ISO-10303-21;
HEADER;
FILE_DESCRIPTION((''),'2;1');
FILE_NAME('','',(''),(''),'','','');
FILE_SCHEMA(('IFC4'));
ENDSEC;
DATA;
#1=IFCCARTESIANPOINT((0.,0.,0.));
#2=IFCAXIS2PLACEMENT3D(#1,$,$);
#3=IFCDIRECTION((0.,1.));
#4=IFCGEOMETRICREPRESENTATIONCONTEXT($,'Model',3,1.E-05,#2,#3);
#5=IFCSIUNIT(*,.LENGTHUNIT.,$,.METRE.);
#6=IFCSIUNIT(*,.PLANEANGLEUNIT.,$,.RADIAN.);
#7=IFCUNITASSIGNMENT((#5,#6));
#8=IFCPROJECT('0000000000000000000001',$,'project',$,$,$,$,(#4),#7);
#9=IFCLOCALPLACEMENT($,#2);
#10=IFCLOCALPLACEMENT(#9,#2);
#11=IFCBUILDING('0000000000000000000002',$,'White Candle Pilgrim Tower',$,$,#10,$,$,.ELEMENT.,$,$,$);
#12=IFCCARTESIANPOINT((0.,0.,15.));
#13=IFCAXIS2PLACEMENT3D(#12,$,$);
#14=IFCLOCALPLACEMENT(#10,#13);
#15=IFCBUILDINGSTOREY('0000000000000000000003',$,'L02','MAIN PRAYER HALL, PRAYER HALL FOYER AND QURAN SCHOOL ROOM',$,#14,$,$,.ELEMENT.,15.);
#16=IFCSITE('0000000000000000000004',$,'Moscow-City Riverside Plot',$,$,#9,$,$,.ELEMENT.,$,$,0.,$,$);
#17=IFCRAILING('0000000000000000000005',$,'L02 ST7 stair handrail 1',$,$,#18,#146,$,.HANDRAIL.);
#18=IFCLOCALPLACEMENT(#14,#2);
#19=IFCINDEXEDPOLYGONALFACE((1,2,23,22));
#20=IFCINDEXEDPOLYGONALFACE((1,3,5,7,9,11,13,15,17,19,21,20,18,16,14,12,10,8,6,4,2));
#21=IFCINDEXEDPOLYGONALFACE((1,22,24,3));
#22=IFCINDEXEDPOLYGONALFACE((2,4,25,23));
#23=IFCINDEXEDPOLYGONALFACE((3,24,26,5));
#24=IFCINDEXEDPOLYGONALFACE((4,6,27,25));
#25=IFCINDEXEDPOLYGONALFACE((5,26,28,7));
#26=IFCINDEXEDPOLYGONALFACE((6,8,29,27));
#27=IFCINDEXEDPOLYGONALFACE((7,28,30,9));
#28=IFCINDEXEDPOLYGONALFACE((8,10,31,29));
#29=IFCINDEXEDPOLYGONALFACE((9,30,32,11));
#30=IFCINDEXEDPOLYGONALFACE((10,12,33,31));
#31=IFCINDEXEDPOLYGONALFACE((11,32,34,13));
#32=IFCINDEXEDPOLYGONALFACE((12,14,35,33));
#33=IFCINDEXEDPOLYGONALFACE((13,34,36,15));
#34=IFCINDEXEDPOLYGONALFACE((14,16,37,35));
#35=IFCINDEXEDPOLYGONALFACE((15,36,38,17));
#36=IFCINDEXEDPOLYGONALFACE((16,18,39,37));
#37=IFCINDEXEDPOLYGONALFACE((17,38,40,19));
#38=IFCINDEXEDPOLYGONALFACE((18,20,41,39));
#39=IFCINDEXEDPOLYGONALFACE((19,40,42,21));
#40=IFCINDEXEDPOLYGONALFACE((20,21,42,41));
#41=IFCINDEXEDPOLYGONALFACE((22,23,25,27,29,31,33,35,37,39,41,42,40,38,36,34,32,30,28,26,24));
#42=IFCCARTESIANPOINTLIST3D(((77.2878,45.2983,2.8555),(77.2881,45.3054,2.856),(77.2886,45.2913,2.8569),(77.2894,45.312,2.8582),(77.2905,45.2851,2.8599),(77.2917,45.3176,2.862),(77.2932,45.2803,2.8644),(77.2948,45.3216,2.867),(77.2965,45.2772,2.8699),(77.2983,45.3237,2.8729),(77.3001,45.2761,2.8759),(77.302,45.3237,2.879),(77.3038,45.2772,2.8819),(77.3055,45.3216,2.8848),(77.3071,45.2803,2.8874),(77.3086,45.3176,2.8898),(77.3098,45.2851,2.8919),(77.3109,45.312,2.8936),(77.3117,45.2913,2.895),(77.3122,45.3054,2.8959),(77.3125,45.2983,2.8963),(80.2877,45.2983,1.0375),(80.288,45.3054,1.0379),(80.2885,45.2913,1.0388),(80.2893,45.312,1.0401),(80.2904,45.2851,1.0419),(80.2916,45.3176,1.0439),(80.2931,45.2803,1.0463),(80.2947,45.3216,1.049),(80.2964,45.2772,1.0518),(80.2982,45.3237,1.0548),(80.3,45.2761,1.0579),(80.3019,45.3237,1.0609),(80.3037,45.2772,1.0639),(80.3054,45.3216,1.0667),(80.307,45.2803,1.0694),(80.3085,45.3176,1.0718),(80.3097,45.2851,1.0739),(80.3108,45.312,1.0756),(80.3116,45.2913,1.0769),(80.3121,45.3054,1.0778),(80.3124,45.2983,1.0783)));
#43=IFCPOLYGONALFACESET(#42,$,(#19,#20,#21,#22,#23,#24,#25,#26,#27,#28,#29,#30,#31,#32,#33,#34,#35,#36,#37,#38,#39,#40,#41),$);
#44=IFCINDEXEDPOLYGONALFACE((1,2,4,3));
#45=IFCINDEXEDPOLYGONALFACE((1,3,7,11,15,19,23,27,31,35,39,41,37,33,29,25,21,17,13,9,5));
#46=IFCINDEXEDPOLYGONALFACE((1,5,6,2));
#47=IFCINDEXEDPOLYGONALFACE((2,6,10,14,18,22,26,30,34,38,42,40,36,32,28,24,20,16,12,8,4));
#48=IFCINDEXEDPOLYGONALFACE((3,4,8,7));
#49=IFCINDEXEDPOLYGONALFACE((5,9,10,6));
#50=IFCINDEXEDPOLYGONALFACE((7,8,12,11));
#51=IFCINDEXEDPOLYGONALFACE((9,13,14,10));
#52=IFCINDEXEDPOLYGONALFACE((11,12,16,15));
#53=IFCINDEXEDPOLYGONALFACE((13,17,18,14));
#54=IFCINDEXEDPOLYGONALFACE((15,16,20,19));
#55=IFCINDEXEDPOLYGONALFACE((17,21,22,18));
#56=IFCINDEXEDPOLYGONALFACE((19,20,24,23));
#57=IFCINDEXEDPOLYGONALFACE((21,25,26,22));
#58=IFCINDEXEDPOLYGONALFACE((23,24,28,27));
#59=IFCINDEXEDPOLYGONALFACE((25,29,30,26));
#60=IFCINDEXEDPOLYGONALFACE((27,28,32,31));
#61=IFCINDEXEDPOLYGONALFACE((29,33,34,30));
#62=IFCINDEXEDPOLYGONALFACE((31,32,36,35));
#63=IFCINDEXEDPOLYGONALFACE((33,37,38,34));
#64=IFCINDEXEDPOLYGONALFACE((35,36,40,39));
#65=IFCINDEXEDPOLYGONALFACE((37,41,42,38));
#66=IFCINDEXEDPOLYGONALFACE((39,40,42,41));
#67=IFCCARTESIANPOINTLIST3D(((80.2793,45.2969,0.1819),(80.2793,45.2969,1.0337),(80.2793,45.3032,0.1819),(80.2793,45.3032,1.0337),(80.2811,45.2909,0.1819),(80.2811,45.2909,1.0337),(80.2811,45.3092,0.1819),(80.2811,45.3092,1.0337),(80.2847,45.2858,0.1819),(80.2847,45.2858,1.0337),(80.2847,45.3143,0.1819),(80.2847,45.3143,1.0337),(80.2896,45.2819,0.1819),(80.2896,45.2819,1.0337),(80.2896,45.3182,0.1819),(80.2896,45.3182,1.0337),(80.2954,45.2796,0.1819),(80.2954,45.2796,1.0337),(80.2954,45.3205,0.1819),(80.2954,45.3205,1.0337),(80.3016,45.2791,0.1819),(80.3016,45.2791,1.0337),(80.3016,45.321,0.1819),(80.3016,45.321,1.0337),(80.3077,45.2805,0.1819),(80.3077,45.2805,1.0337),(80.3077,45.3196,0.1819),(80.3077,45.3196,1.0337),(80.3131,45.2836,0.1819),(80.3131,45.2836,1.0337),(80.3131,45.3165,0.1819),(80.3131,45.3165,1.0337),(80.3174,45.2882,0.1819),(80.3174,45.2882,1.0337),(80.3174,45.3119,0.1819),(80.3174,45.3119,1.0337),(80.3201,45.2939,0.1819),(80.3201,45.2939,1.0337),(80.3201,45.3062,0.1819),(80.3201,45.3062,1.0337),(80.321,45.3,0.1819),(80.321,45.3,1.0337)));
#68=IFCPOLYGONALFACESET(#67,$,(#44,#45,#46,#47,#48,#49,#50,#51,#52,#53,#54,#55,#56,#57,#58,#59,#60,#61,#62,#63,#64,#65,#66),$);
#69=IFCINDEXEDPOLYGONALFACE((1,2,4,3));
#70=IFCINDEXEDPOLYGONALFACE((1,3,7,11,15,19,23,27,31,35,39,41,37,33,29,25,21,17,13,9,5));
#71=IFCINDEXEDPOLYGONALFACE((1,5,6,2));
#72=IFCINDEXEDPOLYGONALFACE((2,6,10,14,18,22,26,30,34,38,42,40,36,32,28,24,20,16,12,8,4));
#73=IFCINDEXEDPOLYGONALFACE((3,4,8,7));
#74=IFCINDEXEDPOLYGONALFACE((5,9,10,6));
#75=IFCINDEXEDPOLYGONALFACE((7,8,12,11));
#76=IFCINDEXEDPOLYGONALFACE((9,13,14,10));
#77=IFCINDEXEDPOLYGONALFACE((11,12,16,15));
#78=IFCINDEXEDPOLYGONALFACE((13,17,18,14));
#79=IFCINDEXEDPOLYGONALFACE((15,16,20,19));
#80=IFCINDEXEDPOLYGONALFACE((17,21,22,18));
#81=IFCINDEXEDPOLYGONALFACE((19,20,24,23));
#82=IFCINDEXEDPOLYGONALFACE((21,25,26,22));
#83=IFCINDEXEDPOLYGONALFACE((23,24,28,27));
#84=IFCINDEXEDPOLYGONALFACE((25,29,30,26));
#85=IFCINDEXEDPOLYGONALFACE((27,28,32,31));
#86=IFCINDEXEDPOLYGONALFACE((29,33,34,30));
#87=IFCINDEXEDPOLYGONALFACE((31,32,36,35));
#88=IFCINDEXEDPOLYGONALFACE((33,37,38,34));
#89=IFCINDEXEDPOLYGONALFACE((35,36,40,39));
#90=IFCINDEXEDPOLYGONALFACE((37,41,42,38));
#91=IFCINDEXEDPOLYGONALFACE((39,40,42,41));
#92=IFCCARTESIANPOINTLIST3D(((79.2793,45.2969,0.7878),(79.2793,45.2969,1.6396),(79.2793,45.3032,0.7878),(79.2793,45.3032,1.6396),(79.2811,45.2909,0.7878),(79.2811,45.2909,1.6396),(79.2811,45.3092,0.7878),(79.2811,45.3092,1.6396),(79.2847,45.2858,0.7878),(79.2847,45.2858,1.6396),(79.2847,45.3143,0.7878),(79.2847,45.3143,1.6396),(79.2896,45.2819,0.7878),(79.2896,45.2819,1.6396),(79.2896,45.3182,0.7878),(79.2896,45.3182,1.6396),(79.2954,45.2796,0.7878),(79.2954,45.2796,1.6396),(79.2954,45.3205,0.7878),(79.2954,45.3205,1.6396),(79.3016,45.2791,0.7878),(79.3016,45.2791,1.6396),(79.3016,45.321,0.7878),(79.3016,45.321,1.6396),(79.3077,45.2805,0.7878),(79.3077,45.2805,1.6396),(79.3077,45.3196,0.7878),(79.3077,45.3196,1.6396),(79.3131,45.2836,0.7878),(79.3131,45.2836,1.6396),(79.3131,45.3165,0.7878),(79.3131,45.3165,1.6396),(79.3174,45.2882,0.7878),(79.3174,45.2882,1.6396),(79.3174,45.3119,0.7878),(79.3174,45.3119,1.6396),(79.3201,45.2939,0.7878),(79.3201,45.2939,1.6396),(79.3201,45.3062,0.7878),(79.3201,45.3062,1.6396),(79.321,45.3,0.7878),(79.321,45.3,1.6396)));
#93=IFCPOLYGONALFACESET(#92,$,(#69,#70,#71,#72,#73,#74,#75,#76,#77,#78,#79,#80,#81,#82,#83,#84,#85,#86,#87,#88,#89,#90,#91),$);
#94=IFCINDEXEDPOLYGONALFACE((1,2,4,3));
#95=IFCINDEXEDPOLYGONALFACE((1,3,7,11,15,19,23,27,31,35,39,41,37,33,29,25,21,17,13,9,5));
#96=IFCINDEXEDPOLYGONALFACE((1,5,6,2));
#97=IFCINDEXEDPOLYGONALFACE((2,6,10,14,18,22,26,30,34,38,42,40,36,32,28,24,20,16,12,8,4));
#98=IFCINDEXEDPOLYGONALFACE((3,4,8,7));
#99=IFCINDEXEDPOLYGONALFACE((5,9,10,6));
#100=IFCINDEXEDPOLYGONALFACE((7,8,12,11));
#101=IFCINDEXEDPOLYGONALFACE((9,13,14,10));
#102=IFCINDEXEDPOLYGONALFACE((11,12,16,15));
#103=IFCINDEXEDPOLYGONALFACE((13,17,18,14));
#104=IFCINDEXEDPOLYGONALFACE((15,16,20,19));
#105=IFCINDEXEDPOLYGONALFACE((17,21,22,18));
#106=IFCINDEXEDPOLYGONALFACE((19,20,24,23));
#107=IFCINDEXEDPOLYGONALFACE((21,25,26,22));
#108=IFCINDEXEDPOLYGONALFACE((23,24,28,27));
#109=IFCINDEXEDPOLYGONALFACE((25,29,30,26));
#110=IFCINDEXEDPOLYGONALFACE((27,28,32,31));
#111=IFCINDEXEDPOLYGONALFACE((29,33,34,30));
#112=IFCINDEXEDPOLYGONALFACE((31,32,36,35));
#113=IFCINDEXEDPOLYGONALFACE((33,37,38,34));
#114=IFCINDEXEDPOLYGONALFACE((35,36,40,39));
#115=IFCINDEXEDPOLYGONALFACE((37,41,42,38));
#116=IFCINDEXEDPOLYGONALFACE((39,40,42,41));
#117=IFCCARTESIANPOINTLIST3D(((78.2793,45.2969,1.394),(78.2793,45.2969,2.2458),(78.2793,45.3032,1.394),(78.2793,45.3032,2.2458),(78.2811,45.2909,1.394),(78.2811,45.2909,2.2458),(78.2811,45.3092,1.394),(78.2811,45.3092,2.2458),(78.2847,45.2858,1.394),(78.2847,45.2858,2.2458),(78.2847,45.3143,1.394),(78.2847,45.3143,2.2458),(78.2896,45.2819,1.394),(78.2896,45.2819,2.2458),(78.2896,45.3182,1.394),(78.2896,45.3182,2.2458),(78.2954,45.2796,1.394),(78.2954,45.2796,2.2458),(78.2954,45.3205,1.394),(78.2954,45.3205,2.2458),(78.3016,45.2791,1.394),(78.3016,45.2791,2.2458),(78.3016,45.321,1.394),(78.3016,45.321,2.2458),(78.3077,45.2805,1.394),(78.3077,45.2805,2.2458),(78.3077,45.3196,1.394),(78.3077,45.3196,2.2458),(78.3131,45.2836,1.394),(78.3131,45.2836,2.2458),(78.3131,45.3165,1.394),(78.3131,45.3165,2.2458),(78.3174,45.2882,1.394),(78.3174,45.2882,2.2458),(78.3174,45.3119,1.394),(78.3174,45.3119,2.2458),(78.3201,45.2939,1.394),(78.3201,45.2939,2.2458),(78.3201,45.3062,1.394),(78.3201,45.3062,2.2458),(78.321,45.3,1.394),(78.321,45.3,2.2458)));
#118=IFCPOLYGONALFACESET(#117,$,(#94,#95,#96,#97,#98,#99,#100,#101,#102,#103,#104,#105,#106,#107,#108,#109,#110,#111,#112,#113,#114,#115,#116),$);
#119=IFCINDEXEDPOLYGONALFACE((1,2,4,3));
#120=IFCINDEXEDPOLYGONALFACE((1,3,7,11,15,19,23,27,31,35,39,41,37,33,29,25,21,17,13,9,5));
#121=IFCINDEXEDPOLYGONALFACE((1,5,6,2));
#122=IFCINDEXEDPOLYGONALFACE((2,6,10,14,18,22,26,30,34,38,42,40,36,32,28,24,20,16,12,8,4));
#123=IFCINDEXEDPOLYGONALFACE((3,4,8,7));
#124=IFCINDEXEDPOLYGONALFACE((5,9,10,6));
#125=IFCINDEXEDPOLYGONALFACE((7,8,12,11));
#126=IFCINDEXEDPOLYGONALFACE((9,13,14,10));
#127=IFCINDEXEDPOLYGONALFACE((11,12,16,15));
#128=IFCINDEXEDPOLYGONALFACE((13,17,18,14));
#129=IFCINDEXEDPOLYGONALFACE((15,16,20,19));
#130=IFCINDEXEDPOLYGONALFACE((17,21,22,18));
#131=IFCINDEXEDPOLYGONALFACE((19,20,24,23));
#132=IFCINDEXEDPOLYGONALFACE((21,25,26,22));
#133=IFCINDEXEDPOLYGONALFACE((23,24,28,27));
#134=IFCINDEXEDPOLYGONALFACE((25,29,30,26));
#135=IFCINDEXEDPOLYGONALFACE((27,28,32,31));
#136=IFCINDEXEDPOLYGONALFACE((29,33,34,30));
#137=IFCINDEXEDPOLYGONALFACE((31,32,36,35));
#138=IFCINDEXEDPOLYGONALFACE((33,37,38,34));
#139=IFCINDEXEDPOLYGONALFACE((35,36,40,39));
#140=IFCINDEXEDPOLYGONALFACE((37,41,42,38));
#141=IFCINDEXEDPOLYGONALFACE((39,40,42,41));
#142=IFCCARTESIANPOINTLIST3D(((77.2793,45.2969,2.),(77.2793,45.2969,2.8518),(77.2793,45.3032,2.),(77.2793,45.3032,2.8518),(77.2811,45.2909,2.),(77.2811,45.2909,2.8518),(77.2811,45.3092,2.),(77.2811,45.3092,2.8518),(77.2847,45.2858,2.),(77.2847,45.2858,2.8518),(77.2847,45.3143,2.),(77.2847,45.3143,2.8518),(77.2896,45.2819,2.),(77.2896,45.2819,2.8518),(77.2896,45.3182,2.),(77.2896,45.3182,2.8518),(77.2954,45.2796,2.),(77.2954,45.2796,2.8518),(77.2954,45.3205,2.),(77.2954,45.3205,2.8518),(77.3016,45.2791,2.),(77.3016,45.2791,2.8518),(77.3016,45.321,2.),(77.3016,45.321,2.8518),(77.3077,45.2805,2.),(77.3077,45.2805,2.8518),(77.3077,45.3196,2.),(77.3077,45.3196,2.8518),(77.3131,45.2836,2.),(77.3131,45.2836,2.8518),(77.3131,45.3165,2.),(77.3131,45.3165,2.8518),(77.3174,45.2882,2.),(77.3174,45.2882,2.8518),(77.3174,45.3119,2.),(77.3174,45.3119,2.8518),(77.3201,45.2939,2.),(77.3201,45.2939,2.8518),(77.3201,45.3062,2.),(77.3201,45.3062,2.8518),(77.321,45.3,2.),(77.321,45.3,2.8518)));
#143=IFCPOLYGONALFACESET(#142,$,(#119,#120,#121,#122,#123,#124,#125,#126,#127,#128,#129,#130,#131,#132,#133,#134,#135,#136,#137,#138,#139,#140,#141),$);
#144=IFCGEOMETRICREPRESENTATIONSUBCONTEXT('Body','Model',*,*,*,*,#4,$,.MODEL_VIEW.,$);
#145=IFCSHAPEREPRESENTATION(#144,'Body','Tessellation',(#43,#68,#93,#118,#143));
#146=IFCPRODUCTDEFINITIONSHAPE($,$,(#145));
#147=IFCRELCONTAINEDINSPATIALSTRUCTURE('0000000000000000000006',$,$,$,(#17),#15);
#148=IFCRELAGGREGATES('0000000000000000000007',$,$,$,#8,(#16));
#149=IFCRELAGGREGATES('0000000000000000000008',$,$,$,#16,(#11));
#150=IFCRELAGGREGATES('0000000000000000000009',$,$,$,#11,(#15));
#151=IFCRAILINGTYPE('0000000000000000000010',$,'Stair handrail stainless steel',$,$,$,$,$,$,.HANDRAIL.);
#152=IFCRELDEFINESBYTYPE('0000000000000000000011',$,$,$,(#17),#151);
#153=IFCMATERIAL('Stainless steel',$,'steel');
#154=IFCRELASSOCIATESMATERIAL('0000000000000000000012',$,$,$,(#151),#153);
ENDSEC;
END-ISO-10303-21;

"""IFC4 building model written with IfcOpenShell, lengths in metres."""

from ifc_helpers import new_model, si_unit, direction, frame, origin, origin_2d, place, context, subcontext, project, spatial, circle, extrude, material, type_object, element, save


model = new_model("IFC4")

# Units and contexts
model_context = context("Model", 3, precision=1e-05, world=origin(), true_north=direction((0.0, 1.0)))
body_context = subcontext(model_context, "Body", "Model", "MODEL_VIEW")
ifc_project = project(units=[si_unit("LENGTHUNIT", "METRE"), si_unit("PLANEANGLEUNIT", "RADIAN")], contexts=[model_context])

# Site, building, storey
site_placement = place(None, origin())
site = spatial("IfcSite", under=ifc_project, at=site_placement, Name="Moscow-City Riverside Plot", CompositionType="ELEMENT", RefElevation=0.0)
building_placement = place(site_placement, origin())
building = spatial("IfcBuilding", under=site, at=building_placement, Name="White Candle Pilgrim Tower", CompositionType="ELEMENT")
storey_placement = place(building_placement, frame((0.0, 0.0, 15.0)))
storey = spatial("IfcBuildingStorey", under=building, at=storey_placement, Name="L02", Description="MAIN PRAYER HALL, PRAYER HALL FOYER AND QURAN SCHOOL ROOM", CompositionType="ELEMENT", Elevation=15.0)

# Railing
ifc_material_1 = material(Name="Stainless steel", Category="steel")
railing_type_1 = type_object("IfcRailingType", Name="Stair handrail stainless steel", PredefinedType="HANDRAIL", material=ifc_material_1)
for number, where, name in (
    (1, (80.3, 45.3, 0.1819), "L02 ST7 stair handrail 1"),
):
    element("IfcRailing", number, at=place(storey_placement, frame(where)), inside=storey, type_object=railing_type_1, Name=name, PredefinedType="HANDRAIL", context=body_context, shape_type="SweptSolid", body=[
        extrude(circle(Radius=0.0239, at=origin_2d()), frame((0.0, 0.0, 0.876), z_axis=(-0.855206, 0.0, 0.518288), x_axis=(0.0, -1.0, 0.0)), (0.0, 0.0, 1.0), 3.5078),
        extrude(circle(Radius=0.021, at=origin_2d()), origin(), (0.0, 0.0, 1.0), 0.8518),
        extrude(circle(Radius=0.021, at=origin_2d()), frame((-1.0, 0.0, 0.606)), (0.0, 0.0, 1.0), 0.8518),
        extrude(circle(Radius=0.021, at=origin_2d()), frame((-2.0, 0.0, 1.2122)), (0.0, 0.0, 1.0), 0.8518),
        extrude(circle(Radius=0.021, at=origin_2d()), frame((-3.0, 0.0, 1.8181)), (0.0, 0.0, 1.0), 0.8518),
    ])

save(model, "model.ifc")
